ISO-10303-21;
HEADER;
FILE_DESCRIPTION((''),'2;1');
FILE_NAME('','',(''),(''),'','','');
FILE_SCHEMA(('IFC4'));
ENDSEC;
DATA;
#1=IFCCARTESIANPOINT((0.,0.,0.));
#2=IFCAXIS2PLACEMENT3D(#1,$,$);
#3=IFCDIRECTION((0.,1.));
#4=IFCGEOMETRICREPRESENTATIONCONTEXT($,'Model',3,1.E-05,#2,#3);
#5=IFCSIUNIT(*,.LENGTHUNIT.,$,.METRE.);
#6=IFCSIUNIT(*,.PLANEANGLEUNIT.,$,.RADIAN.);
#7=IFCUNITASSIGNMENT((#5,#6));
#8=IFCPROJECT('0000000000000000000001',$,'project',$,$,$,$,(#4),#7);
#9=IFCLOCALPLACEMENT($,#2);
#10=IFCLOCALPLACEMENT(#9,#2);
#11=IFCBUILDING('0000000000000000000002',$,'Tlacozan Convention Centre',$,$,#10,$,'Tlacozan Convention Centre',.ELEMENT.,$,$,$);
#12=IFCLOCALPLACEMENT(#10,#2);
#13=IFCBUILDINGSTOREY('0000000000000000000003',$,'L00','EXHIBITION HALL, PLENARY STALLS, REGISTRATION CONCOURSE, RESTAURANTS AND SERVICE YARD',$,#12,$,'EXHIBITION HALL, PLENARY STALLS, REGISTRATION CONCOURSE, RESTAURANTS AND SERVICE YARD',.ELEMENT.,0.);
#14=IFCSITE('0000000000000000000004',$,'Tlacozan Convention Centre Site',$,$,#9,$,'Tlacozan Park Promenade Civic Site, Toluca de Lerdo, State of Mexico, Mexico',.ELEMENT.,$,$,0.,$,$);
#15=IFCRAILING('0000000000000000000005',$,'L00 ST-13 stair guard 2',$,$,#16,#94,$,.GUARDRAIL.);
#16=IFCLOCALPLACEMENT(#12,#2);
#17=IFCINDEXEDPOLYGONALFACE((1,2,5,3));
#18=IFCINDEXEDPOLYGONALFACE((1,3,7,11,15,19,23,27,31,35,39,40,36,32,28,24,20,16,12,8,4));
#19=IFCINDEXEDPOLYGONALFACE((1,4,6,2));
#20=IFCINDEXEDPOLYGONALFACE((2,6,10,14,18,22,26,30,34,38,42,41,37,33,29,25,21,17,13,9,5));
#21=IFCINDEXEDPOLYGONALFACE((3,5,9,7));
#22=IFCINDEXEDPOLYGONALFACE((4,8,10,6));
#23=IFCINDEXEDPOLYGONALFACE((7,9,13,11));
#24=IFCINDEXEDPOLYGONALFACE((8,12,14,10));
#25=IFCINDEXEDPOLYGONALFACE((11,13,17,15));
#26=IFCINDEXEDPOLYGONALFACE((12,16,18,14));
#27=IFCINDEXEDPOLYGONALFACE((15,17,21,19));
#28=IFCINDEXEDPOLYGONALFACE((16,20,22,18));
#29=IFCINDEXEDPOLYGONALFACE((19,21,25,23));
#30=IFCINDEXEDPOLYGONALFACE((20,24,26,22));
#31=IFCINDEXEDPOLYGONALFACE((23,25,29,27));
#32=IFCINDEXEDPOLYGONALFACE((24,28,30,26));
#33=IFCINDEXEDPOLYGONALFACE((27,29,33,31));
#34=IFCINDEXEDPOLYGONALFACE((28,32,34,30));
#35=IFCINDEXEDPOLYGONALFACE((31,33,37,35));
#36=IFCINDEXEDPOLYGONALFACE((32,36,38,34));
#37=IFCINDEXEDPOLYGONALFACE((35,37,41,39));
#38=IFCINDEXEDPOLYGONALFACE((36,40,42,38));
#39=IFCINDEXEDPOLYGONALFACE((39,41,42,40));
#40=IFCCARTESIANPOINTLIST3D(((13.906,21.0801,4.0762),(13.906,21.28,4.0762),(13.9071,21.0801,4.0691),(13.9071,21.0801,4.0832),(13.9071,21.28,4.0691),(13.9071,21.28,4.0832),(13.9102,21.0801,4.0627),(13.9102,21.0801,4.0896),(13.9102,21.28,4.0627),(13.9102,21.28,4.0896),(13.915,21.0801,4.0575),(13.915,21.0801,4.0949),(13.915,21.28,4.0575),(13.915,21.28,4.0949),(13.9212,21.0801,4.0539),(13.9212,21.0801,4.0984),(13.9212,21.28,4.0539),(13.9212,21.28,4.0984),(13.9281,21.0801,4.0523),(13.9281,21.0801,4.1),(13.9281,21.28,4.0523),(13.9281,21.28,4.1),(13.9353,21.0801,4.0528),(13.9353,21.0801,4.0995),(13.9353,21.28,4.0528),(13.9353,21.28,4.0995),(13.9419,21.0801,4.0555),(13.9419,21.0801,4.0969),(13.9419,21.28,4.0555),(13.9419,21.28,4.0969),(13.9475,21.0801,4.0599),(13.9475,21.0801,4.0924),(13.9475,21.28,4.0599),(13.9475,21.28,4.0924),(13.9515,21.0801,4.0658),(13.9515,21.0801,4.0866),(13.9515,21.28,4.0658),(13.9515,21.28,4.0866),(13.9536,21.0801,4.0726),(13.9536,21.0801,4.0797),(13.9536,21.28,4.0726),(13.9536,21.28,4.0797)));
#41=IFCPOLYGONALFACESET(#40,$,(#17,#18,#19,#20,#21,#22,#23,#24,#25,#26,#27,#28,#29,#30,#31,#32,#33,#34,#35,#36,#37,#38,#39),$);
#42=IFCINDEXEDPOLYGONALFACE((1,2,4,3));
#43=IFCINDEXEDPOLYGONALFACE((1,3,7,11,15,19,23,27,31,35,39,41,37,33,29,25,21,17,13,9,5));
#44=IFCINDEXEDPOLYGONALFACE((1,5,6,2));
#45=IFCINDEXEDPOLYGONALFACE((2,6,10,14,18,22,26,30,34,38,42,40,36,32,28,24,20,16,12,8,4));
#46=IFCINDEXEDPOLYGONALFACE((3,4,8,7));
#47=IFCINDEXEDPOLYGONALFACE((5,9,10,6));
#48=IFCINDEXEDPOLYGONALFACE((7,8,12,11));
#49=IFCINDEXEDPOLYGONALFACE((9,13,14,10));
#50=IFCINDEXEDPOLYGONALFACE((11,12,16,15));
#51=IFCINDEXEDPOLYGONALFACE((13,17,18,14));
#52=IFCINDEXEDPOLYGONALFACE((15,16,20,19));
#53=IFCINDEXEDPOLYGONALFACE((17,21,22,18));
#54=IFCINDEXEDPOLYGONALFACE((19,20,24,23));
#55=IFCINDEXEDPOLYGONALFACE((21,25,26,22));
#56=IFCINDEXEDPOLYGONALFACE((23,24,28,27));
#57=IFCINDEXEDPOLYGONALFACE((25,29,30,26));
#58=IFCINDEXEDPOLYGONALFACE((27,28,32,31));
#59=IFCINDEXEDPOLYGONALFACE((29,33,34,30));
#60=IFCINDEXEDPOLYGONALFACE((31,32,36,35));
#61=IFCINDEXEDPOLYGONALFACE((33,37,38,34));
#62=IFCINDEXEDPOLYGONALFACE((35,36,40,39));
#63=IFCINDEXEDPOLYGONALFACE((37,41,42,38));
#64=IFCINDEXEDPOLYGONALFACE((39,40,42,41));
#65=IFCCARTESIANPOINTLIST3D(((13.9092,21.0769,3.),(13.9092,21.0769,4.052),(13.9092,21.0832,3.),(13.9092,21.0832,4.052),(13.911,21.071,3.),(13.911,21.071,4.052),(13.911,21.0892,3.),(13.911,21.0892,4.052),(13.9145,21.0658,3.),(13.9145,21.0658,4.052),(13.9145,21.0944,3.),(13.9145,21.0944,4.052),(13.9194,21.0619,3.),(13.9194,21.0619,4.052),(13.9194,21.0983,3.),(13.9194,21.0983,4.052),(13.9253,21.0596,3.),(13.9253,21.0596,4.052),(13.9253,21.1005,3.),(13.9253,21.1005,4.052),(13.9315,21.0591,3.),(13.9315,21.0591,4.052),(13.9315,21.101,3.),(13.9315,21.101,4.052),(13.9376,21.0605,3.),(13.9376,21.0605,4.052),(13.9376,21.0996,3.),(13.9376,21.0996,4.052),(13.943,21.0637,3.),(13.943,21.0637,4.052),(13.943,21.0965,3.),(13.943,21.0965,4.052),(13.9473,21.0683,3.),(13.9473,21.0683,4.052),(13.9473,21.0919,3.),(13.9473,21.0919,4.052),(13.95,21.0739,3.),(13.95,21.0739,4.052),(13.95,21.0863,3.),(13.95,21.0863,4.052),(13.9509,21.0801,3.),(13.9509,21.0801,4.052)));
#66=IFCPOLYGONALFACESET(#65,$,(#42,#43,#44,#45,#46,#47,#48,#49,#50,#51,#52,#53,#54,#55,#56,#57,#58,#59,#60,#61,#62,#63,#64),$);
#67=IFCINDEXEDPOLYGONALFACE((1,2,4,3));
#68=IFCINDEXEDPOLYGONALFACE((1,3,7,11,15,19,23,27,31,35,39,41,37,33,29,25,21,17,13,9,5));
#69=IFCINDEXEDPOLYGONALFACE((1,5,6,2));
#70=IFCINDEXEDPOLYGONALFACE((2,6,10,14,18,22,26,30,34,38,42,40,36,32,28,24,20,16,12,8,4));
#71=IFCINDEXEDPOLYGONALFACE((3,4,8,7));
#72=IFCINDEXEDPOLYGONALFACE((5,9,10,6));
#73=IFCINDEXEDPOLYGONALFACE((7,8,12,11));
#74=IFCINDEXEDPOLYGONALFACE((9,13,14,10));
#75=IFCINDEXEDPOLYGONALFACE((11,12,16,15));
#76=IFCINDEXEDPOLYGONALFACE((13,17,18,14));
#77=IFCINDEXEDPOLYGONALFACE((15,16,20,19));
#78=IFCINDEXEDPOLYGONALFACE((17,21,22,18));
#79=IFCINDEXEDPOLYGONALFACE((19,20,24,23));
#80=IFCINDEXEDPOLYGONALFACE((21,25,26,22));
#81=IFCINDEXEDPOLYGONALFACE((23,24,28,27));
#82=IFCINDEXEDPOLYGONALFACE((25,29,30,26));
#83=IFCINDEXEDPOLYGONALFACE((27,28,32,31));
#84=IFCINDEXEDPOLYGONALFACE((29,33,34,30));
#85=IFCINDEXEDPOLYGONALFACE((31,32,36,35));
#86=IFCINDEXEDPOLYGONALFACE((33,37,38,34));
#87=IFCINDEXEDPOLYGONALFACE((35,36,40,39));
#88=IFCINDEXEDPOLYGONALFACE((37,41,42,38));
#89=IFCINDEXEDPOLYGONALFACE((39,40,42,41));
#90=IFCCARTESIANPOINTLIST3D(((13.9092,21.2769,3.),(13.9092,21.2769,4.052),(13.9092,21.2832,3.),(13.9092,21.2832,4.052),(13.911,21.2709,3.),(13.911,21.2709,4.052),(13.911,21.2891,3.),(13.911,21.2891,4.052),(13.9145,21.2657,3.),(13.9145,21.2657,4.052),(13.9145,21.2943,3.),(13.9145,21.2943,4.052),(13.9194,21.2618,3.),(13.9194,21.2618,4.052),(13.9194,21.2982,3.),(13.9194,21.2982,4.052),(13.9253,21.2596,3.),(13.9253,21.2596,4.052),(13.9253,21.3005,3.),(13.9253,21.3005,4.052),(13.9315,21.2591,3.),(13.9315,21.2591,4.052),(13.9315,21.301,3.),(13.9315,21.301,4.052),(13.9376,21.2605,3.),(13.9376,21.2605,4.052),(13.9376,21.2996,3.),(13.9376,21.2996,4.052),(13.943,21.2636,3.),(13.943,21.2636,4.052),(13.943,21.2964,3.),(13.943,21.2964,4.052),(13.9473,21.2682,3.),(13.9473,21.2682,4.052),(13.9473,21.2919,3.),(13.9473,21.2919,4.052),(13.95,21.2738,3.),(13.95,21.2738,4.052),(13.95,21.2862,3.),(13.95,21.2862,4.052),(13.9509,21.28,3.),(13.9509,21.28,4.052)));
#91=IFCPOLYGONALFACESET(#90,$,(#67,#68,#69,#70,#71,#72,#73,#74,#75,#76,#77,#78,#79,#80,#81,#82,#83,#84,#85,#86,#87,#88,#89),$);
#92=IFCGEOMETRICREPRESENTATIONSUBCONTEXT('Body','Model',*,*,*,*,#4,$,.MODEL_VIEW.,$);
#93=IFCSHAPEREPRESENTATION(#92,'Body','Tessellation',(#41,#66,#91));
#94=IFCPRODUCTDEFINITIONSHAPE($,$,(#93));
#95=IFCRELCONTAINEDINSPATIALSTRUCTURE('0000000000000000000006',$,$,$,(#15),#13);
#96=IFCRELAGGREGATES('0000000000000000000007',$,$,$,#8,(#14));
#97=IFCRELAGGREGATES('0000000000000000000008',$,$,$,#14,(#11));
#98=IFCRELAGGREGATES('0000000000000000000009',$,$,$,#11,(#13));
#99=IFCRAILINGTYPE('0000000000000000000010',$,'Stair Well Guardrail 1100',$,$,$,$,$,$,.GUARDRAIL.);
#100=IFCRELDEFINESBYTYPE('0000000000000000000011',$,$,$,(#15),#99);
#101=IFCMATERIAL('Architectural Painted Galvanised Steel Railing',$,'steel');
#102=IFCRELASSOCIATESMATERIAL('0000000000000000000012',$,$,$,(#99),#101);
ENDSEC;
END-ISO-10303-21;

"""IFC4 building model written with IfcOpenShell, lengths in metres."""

from ifc_helpers import new_model, si_unit, direction, frame, origin, origin_2d, place, context, subcontext, project, spatial, circle, extrude, material, type_object, element, save


model = new_model("IFC4")

# Units and contexts
model_context = context("Model", 3, precision=1e-05, world=origin(), true_north=direction((0.0, 1.0)))
body_context = subcontext(model_context, "Body", "Model", "MODEL_VIEW")
ifc_project = project(units=[si_unit("LENGTHUNIT", "METRE"), si_unit("PLANEANGLEUNIT", "RADIAN")], contexts=[model_context])

# Site, building, storey
site_placement = place(None, origin())
site = spatial("IfcSite", under=ifc_project, at=site_placement, Name="Tlacozan Convention Centre Site", LongName="Tlacozan Park Promenade Civic Site, Toluca de Lerdo, State of Mexico, Mexico", CompositionType="ELEMENT", RefElevation=0.0)
building_placement = place(site_placement, origin())
building = spatial("IfcBuilding", under=site, at=building_placement, Name="Tlacozan Convention Centre", LongName="Tlacozan Convention Centre", CompositionType="ELEMENT")
storey_placement = place(building_placement, origin())
storey = spatial("IfcBuildingStorey", under=building, at=storey_placement, Name="L00", Description="EXHIBITION HALL, PLENARY STALLS, REGISTRATION CONCOURSE, RESTAURANTS AND SERVICE YARD", LongName="EXHIBITION HALL, PLENARY STALLS, REGISTRATION CONCOURSE, RESTAURANTS AND SERVICE YARD", CompositionType="ELEMENT", Elevation=0.0)

# Railing
ifc_material_1 = material(Name="Architectural Painted Galvanised Steel Railing", Category="steel")
railing_type_1 = type_object("IfcRailingType", Name="Stair Well Guardrail 1100", PredefinedType="GUARDRAIL", material=ifc_material_1)
railing_1_placement = place(storey_placement, frame((13.9299, 21.0801, 3.0)))
element("IfcRailing", 1, at=railing_1_placement, inside=storey, type_object=railing_type_1, Name="L00 ST-13 stair guard 2", PredefinedType="GUARDRAIL", context=body_context, shape_type="SweptSolid", body=[
    extrude(circle(Radius=0.0239, at=origin_2d()), frame((0.0, 0.0, 1.0762), z_axis=(0.0, 1.0, 0.0), x_axis=(-1.0, 0.0, 0.0)), (0.0, 0.0, 1.0), 0.2),
    extrude(circle(Radius=0.021, at=origin_2d()), origin(), (0.0, 0.0, 1.0), 1.052),
    extrude(circle(Radius=0.021, at=origin_2d()), frame((0.0, 0.2, 0.0)), (0.0, 0.0, 1.0), 1.052),
])

save(model, "model.ifc")
